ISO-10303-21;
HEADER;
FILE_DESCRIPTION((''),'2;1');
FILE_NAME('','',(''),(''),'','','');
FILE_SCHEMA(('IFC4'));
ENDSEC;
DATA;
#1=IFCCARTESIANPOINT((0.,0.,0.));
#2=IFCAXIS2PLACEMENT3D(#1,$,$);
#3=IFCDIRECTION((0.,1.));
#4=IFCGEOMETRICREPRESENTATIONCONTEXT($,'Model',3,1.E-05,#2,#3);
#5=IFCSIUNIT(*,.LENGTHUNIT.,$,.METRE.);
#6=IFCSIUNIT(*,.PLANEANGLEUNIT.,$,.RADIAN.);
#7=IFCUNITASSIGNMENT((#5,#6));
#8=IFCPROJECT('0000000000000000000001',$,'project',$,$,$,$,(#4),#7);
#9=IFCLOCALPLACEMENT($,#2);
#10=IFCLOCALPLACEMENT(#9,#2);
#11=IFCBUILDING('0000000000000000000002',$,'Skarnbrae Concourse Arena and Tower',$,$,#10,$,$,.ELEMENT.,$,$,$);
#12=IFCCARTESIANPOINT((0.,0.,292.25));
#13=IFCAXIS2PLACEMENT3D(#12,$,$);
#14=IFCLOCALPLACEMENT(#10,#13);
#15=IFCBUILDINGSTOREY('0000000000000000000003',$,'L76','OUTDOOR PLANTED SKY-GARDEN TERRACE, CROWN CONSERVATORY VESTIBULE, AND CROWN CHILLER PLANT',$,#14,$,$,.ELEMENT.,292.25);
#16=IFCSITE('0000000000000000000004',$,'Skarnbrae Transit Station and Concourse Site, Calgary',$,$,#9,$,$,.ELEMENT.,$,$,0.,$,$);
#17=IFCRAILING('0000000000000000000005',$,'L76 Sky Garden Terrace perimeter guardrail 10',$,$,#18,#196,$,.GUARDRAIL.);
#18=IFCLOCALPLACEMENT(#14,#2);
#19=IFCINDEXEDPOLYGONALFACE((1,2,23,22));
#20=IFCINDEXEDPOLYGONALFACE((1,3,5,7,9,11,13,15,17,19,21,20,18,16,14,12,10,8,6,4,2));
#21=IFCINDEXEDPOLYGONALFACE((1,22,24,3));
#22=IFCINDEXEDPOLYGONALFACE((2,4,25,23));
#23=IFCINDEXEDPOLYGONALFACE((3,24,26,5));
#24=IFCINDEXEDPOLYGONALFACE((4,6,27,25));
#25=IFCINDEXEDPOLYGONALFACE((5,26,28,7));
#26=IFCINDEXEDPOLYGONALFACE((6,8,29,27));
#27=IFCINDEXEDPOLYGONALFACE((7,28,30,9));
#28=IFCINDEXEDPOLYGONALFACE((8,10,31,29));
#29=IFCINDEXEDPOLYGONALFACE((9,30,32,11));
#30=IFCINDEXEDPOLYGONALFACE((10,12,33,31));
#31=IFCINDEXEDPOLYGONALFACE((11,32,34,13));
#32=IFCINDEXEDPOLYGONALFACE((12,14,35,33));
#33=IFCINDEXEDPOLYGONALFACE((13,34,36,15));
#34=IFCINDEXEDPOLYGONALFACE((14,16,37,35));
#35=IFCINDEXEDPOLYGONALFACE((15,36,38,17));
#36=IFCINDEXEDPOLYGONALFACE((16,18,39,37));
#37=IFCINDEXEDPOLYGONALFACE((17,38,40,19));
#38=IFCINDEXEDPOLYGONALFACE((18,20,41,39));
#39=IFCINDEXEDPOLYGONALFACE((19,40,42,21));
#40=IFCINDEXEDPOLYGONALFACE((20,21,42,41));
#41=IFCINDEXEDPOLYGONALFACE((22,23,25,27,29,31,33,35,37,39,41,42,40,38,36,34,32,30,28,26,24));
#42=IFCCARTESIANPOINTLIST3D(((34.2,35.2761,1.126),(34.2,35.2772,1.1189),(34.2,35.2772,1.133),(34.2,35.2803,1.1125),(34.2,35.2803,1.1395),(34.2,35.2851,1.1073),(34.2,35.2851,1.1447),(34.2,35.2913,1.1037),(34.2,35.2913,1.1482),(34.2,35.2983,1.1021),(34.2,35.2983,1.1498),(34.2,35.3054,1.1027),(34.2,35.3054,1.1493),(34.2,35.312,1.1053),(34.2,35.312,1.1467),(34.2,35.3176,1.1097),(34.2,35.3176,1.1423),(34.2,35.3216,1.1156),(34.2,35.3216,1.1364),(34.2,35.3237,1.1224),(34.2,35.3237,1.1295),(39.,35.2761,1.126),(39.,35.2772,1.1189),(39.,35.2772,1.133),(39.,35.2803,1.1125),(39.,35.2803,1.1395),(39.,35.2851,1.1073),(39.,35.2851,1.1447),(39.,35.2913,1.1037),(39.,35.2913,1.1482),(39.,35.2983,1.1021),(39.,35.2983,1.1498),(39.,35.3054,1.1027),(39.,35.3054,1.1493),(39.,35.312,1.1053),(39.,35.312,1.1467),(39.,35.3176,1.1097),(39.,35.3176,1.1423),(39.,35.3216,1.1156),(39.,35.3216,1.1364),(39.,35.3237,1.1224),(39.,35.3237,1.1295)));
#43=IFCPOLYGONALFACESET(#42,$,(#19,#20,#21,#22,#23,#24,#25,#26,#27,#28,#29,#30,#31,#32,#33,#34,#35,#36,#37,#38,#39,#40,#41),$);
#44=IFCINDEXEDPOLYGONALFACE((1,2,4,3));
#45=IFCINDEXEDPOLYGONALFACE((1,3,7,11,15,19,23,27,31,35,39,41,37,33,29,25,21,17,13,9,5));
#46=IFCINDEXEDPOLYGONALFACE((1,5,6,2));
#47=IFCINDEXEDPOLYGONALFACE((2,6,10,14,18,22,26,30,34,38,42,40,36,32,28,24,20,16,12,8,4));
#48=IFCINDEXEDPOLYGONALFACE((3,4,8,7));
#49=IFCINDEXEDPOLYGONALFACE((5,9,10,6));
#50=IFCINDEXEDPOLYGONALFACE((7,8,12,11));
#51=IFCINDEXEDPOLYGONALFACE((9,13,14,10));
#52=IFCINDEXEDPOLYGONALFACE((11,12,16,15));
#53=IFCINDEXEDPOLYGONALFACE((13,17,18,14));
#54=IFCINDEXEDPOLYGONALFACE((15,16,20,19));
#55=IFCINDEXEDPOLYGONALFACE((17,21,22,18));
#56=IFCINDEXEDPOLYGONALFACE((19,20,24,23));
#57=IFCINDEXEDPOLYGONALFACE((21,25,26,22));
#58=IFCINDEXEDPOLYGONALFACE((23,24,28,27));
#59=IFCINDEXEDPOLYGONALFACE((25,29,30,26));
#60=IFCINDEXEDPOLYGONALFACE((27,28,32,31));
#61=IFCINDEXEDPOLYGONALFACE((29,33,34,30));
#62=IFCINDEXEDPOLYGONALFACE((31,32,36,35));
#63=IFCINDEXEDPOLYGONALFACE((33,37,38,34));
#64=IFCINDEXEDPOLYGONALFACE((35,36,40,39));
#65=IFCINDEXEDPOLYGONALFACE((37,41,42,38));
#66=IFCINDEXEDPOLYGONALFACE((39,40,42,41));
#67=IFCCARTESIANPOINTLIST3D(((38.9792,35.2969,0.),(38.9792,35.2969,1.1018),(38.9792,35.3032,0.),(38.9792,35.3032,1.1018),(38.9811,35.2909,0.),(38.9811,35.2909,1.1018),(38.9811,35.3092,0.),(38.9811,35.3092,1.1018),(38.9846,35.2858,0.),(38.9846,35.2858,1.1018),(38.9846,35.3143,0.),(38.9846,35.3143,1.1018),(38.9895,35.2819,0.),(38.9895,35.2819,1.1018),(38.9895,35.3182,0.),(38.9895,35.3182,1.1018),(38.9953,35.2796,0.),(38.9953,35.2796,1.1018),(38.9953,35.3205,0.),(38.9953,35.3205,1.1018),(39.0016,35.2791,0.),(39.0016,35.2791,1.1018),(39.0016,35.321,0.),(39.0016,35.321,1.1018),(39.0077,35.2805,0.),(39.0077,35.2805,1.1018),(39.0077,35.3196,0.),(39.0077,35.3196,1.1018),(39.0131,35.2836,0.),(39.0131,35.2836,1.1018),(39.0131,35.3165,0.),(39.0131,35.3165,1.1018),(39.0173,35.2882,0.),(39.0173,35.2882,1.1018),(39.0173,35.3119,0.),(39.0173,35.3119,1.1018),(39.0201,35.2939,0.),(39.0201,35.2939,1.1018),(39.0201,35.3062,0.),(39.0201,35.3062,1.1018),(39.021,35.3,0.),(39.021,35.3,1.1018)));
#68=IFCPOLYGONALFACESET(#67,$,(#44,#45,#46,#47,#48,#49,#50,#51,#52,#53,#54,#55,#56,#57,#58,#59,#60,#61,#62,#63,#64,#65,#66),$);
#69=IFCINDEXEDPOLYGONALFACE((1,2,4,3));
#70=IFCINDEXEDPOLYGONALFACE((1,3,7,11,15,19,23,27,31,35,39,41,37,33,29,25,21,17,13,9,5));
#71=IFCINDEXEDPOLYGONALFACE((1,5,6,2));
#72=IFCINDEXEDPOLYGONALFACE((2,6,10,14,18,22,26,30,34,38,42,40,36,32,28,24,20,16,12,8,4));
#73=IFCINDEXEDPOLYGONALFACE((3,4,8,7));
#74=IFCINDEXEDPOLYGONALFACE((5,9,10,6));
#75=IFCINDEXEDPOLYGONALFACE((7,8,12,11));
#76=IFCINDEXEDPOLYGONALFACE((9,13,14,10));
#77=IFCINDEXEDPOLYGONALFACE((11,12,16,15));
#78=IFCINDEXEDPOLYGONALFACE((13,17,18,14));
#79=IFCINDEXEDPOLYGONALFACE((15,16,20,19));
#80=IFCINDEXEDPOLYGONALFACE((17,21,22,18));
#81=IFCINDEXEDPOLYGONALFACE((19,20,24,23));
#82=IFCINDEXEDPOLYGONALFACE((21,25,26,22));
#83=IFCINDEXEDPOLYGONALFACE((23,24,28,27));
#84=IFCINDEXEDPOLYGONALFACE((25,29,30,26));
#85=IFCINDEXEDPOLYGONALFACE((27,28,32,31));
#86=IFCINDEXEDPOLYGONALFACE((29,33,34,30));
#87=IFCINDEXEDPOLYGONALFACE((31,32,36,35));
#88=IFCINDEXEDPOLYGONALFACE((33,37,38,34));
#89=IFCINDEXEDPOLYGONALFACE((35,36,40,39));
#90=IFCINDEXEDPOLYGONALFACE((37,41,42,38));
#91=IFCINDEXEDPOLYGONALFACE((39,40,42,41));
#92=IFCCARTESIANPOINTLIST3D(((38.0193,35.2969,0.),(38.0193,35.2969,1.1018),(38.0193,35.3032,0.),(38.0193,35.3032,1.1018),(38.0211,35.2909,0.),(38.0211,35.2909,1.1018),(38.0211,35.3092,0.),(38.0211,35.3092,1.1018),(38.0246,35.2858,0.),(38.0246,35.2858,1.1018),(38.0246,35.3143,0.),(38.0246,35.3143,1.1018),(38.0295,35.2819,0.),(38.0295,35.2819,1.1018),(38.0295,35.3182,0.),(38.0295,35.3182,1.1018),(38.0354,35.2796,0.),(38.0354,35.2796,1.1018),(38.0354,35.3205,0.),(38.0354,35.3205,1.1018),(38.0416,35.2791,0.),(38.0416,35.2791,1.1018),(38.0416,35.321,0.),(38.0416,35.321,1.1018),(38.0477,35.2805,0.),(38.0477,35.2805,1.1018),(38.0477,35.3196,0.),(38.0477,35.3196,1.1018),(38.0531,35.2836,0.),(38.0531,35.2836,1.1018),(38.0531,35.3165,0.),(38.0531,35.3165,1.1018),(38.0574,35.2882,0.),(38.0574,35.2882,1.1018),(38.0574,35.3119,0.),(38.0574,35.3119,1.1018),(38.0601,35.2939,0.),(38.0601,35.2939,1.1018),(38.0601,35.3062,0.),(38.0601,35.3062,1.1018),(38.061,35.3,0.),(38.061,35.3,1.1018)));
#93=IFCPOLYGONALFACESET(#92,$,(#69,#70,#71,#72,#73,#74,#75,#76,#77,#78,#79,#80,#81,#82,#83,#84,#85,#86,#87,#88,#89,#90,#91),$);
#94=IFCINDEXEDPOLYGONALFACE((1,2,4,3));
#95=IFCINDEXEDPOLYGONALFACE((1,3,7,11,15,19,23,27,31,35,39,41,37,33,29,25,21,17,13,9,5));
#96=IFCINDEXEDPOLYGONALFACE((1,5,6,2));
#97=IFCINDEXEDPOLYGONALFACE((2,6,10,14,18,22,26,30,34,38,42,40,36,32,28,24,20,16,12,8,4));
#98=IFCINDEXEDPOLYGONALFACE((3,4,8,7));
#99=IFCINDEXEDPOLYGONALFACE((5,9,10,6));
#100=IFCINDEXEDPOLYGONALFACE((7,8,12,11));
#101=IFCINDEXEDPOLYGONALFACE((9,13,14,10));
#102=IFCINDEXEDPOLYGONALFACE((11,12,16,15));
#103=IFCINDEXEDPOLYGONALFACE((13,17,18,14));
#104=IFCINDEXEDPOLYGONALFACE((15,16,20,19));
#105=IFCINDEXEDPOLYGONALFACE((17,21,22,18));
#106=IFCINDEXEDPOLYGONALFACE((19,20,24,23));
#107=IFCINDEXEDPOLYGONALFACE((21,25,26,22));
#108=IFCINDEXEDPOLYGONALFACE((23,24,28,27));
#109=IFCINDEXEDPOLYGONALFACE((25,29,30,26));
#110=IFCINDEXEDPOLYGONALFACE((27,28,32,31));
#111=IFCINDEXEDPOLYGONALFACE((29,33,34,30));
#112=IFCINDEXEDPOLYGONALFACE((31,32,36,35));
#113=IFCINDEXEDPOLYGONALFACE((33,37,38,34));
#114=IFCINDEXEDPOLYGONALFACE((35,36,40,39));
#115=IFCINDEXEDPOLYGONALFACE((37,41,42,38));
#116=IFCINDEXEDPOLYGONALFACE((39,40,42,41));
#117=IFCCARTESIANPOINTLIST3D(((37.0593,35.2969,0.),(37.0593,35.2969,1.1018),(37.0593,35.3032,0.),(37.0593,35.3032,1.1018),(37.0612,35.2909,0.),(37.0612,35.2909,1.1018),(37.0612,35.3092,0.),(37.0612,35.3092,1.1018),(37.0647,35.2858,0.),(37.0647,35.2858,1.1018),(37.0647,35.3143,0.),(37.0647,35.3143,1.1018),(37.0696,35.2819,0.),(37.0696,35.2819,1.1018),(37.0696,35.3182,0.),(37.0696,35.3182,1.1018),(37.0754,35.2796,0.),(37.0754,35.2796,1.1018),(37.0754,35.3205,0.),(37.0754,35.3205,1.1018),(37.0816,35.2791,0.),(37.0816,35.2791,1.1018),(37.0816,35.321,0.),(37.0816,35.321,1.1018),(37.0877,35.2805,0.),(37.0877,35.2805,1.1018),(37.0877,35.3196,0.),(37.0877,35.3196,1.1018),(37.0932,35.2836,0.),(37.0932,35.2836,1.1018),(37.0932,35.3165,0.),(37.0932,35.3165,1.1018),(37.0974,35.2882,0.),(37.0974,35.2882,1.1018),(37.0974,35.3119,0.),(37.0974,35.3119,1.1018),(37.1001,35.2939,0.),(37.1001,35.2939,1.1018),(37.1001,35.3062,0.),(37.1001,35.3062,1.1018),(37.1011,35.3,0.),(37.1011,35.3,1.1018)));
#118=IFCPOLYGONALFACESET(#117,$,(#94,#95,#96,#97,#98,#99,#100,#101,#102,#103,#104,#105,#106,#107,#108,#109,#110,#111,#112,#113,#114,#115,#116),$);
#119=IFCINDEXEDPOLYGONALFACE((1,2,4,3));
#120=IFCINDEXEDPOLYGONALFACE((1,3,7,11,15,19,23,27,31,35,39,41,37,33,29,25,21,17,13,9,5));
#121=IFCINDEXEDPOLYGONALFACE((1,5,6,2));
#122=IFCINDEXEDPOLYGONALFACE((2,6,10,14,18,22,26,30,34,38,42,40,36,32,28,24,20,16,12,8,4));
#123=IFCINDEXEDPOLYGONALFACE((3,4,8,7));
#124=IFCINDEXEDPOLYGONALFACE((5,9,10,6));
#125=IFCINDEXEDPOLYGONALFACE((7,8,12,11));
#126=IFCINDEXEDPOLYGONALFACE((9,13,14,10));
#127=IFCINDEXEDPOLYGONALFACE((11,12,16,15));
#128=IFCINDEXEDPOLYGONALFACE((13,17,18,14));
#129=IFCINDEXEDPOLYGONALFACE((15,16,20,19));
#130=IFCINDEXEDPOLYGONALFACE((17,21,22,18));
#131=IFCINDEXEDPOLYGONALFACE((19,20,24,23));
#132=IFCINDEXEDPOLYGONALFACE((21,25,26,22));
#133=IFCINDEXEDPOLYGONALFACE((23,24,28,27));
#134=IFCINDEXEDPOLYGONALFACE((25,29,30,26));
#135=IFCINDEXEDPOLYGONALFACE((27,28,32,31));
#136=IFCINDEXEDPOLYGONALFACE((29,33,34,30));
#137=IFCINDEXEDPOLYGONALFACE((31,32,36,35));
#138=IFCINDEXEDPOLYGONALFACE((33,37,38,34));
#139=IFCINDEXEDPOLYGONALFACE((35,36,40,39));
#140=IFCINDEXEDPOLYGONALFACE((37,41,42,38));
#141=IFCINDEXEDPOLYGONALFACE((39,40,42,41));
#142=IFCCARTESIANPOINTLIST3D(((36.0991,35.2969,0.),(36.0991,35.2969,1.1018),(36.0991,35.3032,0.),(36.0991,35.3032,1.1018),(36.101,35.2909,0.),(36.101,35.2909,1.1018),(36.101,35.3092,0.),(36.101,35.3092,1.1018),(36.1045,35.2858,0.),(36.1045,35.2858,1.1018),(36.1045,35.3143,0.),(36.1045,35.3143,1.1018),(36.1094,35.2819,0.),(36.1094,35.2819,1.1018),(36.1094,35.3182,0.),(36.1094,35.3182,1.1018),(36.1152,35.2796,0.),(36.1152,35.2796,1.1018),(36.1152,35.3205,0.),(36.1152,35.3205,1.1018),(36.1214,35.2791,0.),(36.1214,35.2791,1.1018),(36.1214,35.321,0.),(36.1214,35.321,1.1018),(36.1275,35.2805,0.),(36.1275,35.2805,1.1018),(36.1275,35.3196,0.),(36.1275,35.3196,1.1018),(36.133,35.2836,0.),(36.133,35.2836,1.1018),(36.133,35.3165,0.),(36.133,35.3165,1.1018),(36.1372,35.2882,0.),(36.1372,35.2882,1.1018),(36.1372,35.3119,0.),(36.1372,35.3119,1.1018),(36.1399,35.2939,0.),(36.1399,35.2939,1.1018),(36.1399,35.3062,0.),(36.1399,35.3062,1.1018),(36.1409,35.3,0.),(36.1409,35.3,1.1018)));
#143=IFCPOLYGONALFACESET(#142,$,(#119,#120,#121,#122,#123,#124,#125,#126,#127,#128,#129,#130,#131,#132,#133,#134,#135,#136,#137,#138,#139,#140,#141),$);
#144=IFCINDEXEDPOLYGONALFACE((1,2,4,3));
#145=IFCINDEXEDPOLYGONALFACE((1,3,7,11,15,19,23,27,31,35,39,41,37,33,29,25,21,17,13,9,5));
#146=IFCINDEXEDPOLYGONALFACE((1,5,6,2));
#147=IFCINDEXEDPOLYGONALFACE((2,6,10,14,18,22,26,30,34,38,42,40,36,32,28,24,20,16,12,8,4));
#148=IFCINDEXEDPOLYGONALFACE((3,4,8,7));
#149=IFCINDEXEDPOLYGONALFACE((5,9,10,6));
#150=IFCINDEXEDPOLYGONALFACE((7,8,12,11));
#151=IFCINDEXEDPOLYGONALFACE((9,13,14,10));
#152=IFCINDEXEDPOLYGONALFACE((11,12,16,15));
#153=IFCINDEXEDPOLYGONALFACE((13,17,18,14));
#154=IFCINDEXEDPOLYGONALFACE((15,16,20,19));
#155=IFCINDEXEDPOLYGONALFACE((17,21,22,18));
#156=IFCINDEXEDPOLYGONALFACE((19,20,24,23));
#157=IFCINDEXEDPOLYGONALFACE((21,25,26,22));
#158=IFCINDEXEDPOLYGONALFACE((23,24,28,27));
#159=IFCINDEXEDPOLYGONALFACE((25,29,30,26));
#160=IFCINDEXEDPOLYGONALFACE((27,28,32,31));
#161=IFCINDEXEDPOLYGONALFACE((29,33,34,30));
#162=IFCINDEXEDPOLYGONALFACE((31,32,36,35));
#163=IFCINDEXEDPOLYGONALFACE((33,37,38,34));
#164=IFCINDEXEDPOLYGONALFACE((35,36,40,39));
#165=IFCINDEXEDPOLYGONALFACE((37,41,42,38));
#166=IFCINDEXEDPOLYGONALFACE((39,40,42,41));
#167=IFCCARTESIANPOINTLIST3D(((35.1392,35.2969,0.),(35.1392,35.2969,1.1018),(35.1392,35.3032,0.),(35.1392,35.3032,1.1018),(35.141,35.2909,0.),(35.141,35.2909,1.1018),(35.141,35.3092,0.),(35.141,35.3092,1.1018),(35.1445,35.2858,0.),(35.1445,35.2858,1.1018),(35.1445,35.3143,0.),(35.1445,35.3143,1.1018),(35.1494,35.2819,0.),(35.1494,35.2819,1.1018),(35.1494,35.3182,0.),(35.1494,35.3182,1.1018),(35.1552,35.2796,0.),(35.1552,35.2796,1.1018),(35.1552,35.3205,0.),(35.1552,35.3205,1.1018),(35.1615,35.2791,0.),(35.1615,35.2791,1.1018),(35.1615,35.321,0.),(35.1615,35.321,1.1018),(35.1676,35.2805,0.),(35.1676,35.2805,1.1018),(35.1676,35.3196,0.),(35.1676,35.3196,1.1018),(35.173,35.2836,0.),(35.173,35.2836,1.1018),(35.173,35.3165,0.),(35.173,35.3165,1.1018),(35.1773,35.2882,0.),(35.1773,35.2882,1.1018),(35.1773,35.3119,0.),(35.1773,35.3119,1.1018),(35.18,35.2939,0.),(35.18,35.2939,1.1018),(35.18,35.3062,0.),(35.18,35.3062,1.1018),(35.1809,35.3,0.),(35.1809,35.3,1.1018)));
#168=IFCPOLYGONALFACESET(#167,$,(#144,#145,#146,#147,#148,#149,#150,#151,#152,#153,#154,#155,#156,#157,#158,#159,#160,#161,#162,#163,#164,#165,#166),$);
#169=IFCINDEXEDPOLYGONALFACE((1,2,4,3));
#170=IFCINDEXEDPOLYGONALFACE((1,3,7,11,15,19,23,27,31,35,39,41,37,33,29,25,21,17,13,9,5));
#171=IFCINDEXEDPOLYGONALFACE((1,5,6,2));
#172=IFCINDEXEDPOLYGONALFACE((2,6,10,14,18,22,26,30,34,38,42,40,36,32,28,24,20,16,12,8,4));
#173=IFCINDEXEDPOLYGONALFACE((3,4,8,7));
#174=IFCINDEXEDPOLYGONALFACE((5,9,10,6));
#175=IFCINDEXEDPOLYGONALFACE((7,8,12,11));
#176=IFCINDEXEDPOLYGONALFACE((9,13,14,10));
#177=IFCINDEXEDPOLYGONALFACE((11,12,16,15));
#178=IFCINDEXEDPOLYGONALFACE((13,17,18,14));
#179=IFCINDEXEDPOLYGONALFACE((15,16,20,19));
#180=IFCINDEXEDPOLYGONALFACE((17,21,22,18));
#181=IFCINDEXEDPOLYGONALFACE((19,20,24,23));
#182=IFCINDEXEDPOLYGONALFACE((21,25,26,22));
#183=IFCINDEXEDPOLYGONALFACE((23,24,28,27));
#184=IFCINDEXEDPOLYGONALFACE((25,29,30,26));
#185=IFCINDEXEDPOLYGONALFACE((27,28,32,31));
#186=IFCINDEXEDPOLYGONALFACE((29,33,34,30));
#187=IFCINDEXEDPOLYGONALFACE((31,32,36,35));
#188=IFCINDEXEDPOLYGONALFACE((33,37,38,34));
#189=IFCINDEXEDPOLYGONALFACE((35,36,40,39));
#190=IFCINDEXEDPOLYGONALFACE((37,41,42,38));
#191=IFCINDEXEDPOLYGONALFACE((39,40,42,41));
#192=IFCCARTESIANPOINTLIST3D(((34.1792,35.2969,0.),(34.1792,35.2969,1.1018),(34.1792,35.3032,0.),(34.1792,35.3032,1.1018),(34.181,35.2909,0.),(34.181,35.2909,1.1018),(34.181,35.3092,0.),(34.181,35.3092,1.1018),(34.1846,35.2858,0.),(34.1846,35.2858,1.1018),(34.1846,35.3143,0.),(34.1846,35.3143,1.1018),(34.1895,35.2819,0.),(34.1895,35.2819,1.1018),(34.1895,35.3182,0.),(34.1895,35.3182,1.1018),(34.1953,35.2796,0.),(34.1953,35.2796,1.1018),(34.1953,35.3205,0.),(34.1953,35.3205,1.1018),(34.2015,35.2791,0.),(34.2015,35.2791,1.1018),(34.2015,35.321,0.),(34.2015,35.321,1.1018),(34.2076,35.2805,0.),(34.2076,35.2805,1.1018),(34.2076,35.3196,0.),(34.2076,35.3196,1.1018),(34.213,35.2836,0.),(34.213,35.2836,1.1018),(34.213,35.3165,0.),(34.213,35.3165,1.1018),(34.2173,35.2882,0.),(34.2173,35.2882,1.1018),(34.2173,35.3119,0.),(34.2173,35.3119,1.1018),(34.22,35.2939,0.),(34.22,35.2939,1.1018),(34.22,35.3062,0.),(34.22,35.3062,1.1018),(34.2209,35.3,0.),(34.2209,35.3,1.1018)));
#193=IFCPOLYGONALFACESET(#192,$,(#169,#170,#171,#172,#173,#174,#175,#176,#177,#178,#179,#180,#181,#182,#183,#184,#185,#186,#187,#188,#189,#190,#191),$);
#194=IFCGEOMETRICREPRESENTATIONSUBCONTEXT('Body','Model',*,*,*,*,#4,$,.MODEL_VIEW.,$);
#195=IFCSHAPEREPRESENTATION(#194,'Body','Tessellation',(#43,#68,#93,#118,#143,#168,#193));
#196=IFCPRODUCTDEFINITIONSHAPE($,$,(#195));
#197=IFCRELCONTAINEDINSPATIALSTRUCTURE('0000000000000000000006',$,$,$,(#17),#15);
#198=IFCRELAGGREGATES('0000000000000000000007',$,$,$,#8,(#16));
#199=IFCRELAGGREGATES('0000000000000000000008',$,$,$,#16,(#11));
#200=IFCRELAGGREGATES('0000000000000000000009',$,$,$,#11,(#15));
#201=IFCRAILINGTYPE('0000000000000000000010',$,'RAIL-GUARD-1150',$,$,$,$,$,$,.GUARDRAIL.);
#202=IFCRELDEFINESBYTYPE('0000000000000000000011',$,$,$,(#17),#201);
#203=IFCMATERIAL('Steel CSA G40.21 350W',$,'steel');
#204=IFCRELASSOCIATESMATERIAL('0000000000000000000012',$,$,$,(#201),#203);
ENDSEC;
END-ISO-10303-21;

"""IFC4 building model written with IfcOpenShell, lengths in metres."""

from ifc_helpers import new_model, si_unit, direction, frame, origin, origin_2d, place, context, subcontext, project, spatial, circle, extrude, material, type_object, element, save


model = new_model("IFC4")

# Units and contexts
model_context = context("Model", 3, precision=1e-05, world=origin(), true_north=direction((0.0, 1.0)))
body_context = subcontext(model_context, "Body", "Model", "MODEL_VIEW")
ifc_project = project(units=[si_unit("LENGTHUNIT", "METRE"), si_unit("PLANEANGLEUNIT", "RADIAN")], contexts=[model_context])

# Site, building, storey
site_placement = place(None, origin())
site = spatial("IfcSite", under=ifc_project, at=site_placement, Name="Skarnbrae Transit Station and Concourse Site, Calgary", CompositionType="ELEMENT", RefElevation=0.0)
building_placement = place(site_placement, origin())
building = spatial("IfcBuilding", under=site, at=building_placement, Name="Skarnbrae Concourse Arena and Tower", CompositionType="ELEMENT")
storey_placement = place(building_placement, frame((0.0, 0.0, 292.25)))
storey = spatial("IfcBuildingStorey", under=building, at=storey_placement, Name="L76", Description="OUTDOOR PLANTED SKY-GARDEN TERRACE, CROWN CONSERVATORY VESTIBULE, AND CROWN CHILLER PLANT", CompositionType="ELEMENT", Elevation=292.25)

# Shared definitions
ifc_material_1 = material(Name="Steel CSA G40.21 350W", Category="steel")

# Railing
railing_type = type_object("IfcRailingType", Name="RAIL-GUARD-1150", PredefinedType="GUARDRAIL", material=ifc_material_1)
railing_1_placement = place(storey_placement, frame((39.0, 35.3, 0.0)))
element("IfcRailing", 1, at=railing_1_placement, inside=storey, type_object=railing_type, Name="L76 Sky Garden Terrace perimeter guardrail 10", PredefinedType="GUARDRAIL", context=body_context, shape_type="SweptSolid", body=[
    extrude(circle(Radius=0.0239, at=origin_2d()), frame((0.0, 0.0, 1.126), z_axis=(-1.0, 0.0, 0.0), x_axis=(0.0, -1.0, 0.0)), (0.0, 0.0, 1.0), 4.8),
    extrude(circle(Radius=0.021, at=origin_2d()), origin(), (0.0, 0.0, 1.0), 1.1018),
    extrude(circle(Radius=0.021, at=origin_2d()), frame((-0.96, 0.0, 0.0)), (0.0, 0.0, 1.0), 1.1018),
    extrude(circle(Radius=0.021, at=origin_2d()), frame((-1.9199, 0.0, 0.0)), (0.0, 0.0, 1.0), 1.1018),
    extrude(circle(Radius=0.021, at=origin_2d()), frame((-2.8801, 0.0, 0.0)), (0.0, 0.0, 1.0), 1.1018),
    extrude(circle(Radius=0.021, at=origin_2d()), frame((-3.8401, 0.0, 0.0)), (0.0, 0.0, 1.0), 1.1018),
    extrude(circle(Radius=0.021, at=origin_2d()), frame((-4.8, 0.0, 0.0)), (0.0, 0.0, 1.0), 1.1018),
])

save(model, "model.ifc")
